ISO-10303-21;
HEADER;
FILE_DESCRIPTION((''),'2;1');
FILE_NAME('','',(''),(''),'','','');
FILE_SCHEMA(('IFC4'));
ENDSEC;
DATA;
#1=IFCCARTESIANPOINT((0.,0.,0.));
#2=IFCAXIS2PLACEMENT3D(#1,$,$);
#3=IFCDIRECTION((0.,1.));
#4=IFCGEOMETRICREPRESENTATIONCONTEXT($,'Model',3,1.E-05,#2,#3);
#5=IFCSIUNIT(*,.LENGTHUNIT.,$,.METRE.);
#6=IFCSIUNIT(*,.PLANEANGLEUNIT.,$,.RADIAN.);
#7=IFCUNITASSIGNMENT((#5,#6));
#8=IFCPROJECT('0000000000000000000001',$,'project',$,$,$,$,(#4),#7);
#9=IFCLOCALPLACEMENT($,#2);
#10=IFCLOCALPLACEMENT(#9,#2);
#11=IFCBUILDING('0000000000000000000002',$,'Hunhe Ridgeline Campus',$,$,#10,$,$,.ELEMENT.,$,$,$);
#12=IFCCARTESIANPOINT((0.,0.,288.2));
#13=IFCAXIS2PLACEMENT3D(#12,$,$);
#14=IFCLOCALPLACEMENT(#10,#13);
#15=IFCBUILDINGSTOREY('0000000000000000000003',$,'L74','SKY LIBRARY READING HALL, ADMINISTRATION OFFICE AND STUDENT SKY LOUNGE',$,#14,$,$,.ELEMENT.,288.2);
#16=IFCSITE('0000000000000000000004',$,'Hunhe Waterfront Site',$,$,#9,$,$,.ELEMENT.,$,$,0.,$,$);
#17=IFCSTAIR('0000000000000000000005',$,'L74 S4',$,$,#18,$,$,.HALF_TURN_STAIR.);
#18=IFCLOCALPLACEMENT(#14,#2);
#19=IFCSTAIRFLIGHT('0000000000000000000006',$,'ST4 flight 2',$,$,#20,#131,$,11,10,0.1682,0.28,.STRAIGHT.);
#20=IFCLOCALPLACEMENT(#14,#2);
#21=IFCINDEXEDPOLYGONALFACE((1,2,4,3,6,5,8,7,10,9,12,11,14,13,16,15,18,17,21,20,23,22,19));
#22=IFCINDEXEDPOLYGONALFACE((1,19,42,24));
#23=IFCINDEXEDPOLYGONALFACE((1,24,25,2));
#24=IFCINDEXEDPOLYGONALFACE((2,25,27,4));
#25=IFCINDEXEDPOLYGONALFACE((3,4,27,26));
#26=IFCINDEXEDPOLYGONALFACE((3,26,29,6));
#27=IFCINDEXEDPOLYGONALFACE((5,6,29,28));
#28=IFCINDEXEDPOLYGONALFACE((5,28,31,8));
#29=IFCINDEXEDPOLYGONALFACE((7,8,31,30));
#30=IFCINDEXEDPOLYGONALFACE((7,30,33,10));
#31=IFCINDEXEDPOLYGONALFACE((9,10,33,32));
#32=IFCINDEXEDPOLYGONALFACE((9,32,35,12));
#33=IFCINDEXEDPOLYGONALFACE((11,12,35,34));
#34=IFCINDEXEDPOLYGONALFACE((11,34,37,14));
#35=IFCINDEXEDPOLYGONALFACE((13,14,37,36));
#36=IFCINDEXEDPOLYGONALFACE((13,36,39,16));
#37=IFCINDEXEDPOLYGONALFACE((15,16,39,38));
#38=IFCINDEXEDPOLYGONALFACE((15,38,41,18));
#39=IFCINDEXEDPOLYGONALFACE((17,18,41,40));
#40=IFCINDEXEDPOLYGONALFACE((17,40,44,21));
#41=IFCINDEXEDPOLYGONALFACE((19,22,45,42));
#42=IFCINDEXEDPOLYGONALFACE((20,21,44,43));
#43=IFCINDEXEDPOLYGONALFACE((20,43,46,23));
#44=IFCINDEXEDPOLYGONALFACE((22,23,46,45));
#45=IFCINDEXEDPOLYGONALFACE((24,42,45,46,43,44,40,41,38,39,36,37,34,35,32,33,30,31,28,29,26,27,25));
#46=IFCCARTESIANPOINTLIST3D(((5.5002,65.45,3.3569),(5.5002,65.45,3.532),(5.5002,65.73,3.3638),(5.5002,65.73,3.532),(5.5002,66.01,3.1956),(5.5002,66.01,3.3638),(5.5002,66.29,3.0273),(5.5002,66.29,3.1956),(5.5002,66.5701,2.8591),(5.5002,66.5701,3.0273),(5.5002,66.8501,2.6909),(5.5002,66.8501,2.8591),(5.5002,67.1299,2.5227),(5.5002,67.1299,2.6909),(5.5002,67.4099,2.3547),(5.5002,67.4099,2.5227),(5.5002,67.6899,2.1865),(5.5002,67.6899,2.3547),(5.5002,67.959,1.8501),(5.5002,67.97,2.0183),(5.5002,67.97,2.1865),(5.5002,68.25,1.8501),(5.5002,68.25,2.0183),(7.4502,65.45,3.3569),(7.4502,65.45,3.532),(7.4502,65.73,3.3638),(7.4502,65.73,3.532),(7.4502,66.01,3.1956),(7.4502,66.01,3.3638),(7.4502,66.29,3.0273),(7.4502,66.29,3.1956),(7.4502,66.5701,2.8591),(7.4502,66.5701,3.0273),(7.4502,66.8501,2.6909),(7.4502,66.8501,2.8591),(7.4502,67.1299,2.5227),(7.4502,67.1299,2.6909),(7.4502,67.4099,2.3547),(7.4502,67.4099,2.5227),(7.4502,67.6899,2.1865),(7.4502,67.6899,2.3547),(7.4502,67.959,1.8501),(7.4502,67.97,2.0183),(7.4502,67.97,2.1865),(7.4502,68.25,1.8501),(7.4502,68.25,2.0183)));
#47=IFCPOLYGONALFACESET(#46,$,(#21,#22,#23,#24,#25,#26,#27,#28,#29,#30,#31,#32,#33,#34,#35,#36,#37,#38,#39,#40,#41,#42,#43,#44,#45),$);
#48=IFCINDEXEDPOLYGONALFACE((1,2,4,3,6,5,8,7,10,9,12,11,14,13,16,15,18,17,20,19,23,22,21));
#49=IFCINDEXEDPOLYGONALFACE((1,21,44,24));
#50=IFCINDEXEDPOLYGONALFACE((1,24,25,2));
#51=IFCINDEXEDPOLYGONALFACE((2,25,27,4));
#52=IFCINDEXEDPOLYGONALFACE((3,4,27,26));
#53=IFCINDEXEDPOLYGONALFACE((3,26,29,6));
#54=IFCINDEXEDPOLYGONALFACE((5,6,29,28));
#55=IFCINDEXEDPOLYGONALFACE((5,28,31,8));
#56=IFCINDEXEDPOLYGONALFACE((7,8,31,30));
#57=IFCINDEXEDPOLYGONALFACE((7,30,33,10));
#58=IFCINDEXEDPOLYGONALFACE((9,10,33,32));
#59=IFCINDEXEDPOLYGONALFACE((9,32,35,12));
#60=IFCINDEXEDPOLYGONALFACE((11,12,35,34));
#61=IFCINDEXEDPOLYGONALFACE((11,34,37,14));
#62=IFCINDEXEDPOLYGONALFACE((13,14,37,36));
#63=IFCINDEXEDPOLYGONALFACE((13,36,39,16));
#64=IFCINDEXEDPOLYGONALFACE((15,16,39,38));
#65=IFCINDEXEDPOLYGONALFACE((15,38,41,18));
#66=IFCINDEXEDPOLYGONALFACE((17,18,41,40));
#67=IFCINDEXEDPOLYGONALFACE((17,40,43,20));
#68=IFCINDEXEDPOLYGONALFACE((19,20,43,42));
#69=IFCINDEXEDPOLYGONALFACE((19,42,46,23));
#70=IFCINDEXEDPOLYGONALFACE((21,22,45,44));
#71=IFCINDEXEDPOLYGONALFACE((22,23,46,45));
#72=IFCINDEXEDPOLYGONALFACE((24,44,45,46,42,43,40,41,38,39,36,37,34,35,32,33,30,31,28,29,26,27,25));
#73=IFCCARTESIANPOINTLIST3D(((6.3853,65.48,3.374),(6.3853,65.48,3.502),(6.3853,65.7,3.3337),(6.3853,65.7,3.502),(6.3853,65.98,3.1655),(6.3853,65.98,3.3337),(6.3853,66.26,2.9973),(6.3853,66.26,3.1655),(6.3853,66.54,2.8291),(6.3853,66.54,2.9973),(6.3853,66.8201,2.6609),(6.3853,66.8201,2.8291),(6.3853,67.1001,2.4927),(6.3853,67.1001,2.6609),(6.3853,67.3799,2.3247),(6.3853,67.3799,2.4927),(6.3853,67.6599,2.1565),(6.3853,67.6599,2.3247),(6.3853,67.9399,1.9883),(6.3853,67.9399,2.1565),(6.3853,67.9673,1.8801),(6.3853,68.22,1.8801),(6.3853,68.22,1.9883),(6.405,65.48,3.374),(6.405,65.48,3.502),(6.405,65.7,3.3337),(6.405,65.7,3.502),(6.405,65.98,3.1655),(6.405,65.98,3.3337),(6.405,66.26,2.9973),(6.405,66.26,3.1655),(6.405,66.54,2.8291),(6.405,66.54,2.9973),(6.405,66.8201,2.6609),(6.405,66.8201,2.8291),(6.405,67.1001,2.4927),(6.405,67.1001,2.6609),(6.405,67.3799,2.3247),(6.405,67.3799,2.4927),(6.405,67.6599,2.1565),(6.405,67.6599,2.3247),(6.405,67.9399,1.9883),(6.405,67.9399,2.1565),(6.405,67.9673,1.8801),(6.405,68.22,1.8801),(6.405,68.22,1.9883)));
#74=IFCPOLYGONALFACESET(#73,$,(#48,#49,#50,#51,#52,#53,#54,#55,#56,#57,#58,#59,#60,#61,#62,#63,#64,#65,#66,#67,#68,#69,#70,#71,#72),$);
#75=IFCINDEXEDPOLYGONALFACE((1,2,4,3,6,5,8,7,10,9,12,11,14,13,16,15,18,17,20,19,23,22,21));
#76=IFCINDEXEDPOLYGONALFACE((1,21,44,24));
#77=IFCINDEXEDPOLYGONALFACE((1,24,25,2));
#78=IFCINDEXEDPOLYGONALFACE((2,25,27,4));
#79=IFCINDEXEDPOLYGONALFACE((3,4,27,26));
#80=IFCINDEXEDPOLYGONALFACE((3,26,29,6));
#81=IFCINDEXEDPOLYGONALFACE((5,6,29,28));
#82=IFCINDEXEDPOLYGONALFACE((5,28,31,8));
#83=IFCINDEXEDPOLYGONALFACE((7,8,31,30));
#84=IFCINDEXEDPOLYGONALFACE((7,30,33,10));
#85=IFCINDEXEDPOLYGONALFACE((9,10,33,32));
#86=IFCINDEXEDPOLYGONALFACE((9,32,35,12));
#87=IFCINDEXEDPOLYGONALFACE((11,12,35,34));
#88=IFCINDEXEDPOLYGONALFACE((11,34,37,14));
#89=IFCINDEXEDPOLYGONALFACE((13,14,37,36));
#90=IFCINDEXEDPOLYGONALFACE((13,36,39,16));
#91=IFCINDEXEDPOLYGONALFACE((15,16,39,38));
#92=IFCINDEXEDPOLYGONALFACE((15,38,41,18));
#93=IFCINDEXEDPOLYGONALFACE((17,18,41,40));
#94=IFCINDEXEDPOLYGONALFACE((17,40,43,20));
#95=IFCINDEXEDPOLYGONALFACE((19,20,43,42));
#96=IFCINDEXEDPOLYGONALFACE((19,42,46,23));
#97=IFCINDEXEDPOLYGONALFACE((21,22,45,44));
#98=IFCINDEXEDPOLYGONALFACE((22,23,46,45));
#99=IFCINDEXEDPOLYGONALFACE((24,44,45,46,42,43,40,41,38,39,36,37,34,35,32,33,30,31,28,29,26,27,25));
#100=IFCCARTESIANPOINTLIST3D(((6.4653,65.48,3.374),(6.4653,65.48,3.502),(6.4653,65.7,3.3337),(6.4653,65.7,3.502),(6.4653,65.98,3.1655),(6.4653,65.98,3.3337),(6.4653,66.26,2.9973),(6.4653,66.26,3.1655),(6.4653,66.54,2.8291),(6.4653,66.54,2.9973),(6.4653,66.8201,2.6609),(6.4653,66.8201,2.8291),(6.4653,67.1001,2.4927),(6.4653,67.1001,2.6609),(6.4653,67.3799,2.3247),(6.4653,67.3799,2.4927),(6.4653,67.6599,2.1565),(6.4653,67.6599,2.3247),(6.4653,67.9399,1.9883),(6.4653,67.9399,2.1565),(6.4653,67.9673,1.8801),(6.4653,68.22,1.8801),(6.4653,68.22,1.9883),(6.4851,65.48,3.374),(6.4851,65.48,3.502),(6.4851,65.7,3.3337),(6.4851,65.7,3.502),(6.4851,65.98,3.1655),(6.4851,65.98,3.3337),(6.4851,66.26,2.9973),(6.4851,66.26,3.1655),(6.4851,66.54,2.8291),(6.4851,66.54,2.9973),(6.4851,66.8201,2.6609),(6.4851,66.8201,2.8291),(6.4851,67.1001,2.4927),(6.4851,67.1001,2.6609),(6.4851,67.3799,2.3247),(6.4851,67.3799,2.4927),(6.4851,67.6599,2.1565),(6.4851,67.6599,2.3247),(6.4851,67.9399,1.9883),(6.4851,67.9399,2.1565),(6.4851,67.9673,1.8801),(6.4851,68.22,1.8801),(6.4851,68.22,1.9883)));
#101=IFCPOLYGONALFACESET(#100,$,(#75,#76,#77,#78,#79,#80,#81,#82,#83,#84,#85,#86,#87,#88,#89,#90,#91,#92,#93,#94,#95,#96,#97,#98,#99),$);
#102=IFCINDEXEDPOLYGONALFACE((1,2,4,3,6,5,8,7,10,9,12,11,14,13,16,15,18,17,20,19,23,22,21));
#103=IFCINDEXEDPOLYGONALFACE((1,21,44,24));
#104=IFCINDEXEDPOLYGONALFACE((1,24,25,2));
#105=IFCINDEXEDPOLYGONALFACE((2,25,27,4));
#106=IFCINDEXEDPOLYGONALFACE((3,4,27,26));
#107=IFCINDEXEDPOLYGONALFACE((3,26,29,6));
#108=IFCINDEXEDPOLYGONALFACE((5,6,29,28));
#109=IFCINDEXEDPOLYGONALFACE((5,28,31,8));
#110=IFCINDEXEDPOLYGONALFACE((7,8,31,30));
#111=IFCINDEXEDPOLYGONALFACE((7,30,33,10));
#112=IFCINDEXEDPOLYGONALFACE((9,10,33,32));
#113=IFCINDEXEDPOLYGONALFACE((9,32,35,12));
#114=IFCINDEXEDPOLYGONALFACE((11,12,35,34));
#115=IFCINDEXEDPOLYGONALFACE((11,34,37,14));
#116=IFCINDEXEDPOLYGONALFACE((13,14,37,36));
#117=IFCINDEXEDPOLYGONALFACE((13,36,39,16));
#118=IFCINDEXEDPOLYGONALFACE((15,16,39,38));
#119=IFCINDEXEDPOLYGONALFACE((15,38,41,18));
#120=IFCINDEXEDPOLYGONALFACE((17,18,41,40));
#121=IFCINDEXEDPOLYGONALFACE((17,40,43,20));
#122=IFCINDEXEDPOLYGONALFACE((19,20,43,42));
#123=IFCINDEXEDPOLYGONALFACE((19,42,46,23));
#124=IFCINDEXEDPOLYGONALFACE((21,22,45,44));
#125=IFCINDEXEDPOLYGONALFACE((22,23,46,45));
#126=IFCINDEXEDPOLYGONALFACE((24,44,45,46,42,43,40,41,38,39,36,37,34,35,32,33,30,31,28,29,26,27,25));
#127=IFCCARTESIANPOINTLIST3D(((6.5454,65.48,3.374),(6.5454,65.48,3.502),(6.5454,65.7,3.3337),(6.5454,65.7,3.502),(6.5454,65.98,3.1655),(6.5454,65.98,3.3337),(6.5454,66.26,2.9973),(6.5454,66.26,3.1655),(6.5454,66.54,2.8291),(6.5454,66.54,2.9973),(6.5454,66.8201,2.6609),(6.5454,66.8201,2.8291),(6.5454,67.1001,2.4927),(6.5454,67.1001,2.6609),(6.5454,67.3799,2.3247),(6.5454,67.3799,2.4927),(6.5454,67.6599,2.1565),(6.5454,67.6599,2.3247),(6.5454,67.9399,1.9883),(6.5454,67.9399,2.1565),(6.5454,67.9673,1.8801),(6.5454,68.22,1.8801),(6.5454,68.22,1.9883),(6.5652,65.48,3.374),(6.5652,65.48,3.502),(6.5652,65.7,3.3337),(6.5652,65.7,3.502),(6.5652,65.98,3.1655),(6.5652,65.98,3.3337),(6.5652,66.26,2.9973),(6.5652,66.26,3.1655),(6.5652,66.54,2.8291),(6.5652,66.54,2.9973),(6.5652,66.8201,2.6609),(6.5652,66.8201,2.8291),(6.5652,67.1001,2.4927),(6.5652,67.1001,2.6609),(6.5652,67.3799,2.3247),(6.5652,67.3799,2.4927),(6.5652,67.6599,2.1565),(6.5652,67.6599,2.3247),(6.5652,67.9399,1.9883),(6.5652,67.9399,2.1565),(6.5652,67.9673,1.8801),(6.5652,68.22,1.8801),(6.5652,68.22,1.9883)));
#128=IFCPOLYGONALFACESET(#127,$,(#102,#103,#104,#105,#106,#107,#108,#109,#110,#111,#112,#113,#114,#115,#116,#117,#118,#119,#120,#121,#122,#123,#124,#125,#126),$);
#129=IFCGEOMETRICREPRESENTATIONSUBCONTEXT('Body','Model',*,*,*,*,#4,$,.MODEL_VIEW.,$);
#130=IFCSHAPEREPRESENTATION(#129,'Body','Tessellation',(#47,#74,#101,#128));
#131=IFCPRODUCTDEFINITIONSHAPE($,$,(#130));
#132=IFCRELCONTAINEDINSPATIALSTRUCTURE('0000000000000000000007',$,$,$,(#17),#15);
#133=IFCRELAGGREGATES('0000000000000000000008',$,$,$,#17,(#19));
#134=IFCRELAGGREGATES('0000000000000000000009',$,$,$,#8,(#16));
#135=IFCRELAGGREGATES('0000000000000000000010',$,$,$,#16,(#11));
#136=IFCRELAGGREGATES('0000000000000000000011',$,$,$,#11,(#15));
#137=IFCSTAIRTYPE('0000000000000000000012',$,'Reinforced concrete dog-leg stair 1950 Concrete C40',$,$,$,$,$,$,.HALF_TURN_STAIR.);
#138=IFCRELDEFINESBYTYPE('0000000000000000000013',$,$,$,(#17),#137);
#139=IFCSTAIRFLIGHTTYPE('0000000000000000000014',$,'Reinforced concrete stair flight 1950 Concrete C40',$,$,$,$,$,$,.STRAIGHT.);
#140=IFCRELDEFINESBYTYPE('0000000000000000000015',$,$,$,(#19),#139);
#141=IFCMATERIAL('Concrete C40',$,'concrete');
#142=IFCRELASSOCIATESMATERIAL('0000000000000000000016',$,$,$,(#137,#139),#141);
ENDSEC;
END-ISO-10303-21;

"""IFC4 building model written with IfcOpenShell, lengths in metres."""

from ifc_helpers import new_model, si_unit, direction, frame, origin, place, context, subcontext, project, spatial, polyline, outline, extrude, material, type_object, element, aggregate, save


model = new_model("IFC4")

# Units and contexts
model_context = context("Model", 3, precision=1e-05, world=origin(), true_north=direction((0.0, 1.0)))
body_context = subcontext(model_context, "Body", "Model", "MODEL_VIEW")
ifc_project = project(units=[si_unit("LENGTHUNIT", "METRE"), si_unit("PLANEANGLEUNIT", "RADIAN")], contexts=[model_context])

# Site, building, storey
site_placement = place(None, origin())
site = spatial("IfcSite", under=ifc_project, at=site_placement, Name="Hunhe Waterfront Site", CompositionType="ELEMENT", RefElevation=0.0)
building_placement = place(site_placement, origin())
building = spatial("IfcBuilding", under=site, at=building_placement, Name="Hunhe Ridgeline Campus", CompositionType="ELEMENT")
storey_placement = place(building_placement, frame((0.0, 0.0, 288.2)))
storey = spatial("IfcBuildingStorey", under=building, at=storey_placement, Name="L74", Description="SKY LIBRARY READING HALL, ADMINISTRATION OFFICE AND STUDENT SKY LOUNGE", CompositionType="ELEMENT", Elevation=288.2)

# Stair, stair flight
ifc_material_1 = material(Name="Concrete C40", Category="concrete")
stair_type = type_object("IfcStairType", Name="Reinforced concrete dog-leg stair 1950 Concrete C40", PredefinedType="HALF_TURN_STAIR", material=ifc_material_1)
stair_flight_type = type_object("IfcStairFlightType", Name="Reinforced concrete stair flight 1950 Concrete C40", PredefinedType="STRAIGHT", material=ifc_material_1)
stair_1_placement = place(storey_placement, origin())
stair_1 = element("IfcStair", 1, at=stair_1_placement, inside=storey, type_object=stair_type, Name="L74 S4", PredefinedType="HALF_TURN_STAIR")
stair_flight_1_placement = place(storey_placement, frame((6.4751, 68.25, 1.8501), z_axis=(0.0, 0.0, 1.0), x_axis=(0.0, -1.0, 0.0)))
stair_flight_1 = element("IfcStairFlight", 2, at=stair_flight_1_placement, type_object=stair_flight_type, Name="ST4 flight 2", NumberOfRisers=11, NumberOfTreads=10, PredefinedType="STRAIGHT", RiserHeight=0.1682, TreadLength=0.28, context=body_context, shape_type="SweptSolid", body=[
    extrude(outline(polyline([(0.0, 0.0), (0.0, 0.1682), (0.28, 0.1682), (0.28, 0.3364), (0.5601, 0.3364), (0.5601, 0.5046), (0.8401, 0.5046), (0.8401, 0.6726), (1.1201, 0.6726), (1.1201, 0.8408), (1.3999, 0.8408), (1.3999, 1.009), (1.6799, 1.009), (1.6799, 1.1772), (1.96, 1.1772), (1.96, 1.3455), (2.24, 1.3455), (2.24, 1.5137), (2.52, 1.5137), (2.52, 1.6819), (2.8, 1.6819), (2.8, 1.8501), (2.8, 1.5068), (0.291, 0.0), (0.0, 0.0)])), frame((0.0, 0.9751, 0.0), z_axis=(0.0, -1.0, 0.0), x_axis=(1.0, 0.0, 0.0)), (0.0, 0.0, 1.0), 1.95),
    extrude(outline(polyline([(0.03, 0.03), (0.03, 0.1382), (0.3101, 0.1382), (0.3101, 0.3064), (0.5901, 0.3064), (0.5901, 0.4746), (0.8701, 0.4746), (0.8701, 0.6426), (1.1499, 0.6426), (1.1499, 0.8108), (1.4299, 0.8108), (1.4299, 0.979), (1.71, 0.979), (1.71, 1.1472), (1.99, 1.1472), (1.99, 1.3154), (2.27, 1.3154), (2.27, 1.4836), (2.55, 1.4836), (2.55, 1.6519), (2.77, 1.6519), (2.77, 1.5239), (0.2827, 0.03), (0.03, 0.03)])), frame((0.0, -0.0701, 0.0), z_axis=(0.0, -1.0, 0.0), x_axis=(1.0, 0.0, 0.0)), (0.0, 0.0, 1.0), 0.0198),
    extrude(outline(polyline([(0.03, 0.03), (0.03, 0.1382), (0.3101, 0.1382), (0.3101, 0.3064), (0.5901, 0.3064), (0.5901, 0.4746), (0.8701, 0.4746), (0.8701, 0.6426), (1.1499, 0.6426), (1.1499, 0.8108), (1.4299, 0.8108), (1.4299, 0.979), (1.71, 0.979), (1.71, 1.1472), (1.99, 1.1472), (1.99, 1.3154), (2.27, 1.3154), (2.27, 1.4836), (2.55, 1.4836), (2.55, 1.6519), (2.77, 1.6519), (2.77, 1.5239), (0.2827, 0.03), (0.03, 0.03)])), frame((0.0, 0.01, 0.0), z_axis=(0.0, -1.0, 0.0), x_axis=(1.0, 0.0, 0.0)), (0.0, 0.0, 1.0), 0.0198),
    extrude(outline(polyline([(0.03, 0.03), (0.03, 0.1382), (0.3101, 0.1382), (0.3101, 0.3064), (0.5901, 0.3064), (0.5901, 0.4746), (0.8701, 0.4746), (0.8701, 0.6426), (1.1499, 0.6426), (1.1499, 0.8108), (1.4299, 0.8108), (1.4299, 0.979), (1.71, 0.979), (1.71, 1.1472), (1.99, 1.1472), (1.99, 1.3154), (2.27, 1.3154), (2.27, 1.4836), (2.55, 1.4836), (2.55, 1.6519), (2.77, 1.6519), (2.77, 1.5239), (0.2827, 0.03), (0.03, 0.03)])), frame((0.0, 0.0901, 0.0), z_axis=(0.0, -1.0, 0.0), x_axis=(1.0, 0.0, 0.0)), (0.0, 0.0, 1.0), 0.0198),
])
aggregate(stair_1, [stair_flight_1])

save(model, "model.ifc")
